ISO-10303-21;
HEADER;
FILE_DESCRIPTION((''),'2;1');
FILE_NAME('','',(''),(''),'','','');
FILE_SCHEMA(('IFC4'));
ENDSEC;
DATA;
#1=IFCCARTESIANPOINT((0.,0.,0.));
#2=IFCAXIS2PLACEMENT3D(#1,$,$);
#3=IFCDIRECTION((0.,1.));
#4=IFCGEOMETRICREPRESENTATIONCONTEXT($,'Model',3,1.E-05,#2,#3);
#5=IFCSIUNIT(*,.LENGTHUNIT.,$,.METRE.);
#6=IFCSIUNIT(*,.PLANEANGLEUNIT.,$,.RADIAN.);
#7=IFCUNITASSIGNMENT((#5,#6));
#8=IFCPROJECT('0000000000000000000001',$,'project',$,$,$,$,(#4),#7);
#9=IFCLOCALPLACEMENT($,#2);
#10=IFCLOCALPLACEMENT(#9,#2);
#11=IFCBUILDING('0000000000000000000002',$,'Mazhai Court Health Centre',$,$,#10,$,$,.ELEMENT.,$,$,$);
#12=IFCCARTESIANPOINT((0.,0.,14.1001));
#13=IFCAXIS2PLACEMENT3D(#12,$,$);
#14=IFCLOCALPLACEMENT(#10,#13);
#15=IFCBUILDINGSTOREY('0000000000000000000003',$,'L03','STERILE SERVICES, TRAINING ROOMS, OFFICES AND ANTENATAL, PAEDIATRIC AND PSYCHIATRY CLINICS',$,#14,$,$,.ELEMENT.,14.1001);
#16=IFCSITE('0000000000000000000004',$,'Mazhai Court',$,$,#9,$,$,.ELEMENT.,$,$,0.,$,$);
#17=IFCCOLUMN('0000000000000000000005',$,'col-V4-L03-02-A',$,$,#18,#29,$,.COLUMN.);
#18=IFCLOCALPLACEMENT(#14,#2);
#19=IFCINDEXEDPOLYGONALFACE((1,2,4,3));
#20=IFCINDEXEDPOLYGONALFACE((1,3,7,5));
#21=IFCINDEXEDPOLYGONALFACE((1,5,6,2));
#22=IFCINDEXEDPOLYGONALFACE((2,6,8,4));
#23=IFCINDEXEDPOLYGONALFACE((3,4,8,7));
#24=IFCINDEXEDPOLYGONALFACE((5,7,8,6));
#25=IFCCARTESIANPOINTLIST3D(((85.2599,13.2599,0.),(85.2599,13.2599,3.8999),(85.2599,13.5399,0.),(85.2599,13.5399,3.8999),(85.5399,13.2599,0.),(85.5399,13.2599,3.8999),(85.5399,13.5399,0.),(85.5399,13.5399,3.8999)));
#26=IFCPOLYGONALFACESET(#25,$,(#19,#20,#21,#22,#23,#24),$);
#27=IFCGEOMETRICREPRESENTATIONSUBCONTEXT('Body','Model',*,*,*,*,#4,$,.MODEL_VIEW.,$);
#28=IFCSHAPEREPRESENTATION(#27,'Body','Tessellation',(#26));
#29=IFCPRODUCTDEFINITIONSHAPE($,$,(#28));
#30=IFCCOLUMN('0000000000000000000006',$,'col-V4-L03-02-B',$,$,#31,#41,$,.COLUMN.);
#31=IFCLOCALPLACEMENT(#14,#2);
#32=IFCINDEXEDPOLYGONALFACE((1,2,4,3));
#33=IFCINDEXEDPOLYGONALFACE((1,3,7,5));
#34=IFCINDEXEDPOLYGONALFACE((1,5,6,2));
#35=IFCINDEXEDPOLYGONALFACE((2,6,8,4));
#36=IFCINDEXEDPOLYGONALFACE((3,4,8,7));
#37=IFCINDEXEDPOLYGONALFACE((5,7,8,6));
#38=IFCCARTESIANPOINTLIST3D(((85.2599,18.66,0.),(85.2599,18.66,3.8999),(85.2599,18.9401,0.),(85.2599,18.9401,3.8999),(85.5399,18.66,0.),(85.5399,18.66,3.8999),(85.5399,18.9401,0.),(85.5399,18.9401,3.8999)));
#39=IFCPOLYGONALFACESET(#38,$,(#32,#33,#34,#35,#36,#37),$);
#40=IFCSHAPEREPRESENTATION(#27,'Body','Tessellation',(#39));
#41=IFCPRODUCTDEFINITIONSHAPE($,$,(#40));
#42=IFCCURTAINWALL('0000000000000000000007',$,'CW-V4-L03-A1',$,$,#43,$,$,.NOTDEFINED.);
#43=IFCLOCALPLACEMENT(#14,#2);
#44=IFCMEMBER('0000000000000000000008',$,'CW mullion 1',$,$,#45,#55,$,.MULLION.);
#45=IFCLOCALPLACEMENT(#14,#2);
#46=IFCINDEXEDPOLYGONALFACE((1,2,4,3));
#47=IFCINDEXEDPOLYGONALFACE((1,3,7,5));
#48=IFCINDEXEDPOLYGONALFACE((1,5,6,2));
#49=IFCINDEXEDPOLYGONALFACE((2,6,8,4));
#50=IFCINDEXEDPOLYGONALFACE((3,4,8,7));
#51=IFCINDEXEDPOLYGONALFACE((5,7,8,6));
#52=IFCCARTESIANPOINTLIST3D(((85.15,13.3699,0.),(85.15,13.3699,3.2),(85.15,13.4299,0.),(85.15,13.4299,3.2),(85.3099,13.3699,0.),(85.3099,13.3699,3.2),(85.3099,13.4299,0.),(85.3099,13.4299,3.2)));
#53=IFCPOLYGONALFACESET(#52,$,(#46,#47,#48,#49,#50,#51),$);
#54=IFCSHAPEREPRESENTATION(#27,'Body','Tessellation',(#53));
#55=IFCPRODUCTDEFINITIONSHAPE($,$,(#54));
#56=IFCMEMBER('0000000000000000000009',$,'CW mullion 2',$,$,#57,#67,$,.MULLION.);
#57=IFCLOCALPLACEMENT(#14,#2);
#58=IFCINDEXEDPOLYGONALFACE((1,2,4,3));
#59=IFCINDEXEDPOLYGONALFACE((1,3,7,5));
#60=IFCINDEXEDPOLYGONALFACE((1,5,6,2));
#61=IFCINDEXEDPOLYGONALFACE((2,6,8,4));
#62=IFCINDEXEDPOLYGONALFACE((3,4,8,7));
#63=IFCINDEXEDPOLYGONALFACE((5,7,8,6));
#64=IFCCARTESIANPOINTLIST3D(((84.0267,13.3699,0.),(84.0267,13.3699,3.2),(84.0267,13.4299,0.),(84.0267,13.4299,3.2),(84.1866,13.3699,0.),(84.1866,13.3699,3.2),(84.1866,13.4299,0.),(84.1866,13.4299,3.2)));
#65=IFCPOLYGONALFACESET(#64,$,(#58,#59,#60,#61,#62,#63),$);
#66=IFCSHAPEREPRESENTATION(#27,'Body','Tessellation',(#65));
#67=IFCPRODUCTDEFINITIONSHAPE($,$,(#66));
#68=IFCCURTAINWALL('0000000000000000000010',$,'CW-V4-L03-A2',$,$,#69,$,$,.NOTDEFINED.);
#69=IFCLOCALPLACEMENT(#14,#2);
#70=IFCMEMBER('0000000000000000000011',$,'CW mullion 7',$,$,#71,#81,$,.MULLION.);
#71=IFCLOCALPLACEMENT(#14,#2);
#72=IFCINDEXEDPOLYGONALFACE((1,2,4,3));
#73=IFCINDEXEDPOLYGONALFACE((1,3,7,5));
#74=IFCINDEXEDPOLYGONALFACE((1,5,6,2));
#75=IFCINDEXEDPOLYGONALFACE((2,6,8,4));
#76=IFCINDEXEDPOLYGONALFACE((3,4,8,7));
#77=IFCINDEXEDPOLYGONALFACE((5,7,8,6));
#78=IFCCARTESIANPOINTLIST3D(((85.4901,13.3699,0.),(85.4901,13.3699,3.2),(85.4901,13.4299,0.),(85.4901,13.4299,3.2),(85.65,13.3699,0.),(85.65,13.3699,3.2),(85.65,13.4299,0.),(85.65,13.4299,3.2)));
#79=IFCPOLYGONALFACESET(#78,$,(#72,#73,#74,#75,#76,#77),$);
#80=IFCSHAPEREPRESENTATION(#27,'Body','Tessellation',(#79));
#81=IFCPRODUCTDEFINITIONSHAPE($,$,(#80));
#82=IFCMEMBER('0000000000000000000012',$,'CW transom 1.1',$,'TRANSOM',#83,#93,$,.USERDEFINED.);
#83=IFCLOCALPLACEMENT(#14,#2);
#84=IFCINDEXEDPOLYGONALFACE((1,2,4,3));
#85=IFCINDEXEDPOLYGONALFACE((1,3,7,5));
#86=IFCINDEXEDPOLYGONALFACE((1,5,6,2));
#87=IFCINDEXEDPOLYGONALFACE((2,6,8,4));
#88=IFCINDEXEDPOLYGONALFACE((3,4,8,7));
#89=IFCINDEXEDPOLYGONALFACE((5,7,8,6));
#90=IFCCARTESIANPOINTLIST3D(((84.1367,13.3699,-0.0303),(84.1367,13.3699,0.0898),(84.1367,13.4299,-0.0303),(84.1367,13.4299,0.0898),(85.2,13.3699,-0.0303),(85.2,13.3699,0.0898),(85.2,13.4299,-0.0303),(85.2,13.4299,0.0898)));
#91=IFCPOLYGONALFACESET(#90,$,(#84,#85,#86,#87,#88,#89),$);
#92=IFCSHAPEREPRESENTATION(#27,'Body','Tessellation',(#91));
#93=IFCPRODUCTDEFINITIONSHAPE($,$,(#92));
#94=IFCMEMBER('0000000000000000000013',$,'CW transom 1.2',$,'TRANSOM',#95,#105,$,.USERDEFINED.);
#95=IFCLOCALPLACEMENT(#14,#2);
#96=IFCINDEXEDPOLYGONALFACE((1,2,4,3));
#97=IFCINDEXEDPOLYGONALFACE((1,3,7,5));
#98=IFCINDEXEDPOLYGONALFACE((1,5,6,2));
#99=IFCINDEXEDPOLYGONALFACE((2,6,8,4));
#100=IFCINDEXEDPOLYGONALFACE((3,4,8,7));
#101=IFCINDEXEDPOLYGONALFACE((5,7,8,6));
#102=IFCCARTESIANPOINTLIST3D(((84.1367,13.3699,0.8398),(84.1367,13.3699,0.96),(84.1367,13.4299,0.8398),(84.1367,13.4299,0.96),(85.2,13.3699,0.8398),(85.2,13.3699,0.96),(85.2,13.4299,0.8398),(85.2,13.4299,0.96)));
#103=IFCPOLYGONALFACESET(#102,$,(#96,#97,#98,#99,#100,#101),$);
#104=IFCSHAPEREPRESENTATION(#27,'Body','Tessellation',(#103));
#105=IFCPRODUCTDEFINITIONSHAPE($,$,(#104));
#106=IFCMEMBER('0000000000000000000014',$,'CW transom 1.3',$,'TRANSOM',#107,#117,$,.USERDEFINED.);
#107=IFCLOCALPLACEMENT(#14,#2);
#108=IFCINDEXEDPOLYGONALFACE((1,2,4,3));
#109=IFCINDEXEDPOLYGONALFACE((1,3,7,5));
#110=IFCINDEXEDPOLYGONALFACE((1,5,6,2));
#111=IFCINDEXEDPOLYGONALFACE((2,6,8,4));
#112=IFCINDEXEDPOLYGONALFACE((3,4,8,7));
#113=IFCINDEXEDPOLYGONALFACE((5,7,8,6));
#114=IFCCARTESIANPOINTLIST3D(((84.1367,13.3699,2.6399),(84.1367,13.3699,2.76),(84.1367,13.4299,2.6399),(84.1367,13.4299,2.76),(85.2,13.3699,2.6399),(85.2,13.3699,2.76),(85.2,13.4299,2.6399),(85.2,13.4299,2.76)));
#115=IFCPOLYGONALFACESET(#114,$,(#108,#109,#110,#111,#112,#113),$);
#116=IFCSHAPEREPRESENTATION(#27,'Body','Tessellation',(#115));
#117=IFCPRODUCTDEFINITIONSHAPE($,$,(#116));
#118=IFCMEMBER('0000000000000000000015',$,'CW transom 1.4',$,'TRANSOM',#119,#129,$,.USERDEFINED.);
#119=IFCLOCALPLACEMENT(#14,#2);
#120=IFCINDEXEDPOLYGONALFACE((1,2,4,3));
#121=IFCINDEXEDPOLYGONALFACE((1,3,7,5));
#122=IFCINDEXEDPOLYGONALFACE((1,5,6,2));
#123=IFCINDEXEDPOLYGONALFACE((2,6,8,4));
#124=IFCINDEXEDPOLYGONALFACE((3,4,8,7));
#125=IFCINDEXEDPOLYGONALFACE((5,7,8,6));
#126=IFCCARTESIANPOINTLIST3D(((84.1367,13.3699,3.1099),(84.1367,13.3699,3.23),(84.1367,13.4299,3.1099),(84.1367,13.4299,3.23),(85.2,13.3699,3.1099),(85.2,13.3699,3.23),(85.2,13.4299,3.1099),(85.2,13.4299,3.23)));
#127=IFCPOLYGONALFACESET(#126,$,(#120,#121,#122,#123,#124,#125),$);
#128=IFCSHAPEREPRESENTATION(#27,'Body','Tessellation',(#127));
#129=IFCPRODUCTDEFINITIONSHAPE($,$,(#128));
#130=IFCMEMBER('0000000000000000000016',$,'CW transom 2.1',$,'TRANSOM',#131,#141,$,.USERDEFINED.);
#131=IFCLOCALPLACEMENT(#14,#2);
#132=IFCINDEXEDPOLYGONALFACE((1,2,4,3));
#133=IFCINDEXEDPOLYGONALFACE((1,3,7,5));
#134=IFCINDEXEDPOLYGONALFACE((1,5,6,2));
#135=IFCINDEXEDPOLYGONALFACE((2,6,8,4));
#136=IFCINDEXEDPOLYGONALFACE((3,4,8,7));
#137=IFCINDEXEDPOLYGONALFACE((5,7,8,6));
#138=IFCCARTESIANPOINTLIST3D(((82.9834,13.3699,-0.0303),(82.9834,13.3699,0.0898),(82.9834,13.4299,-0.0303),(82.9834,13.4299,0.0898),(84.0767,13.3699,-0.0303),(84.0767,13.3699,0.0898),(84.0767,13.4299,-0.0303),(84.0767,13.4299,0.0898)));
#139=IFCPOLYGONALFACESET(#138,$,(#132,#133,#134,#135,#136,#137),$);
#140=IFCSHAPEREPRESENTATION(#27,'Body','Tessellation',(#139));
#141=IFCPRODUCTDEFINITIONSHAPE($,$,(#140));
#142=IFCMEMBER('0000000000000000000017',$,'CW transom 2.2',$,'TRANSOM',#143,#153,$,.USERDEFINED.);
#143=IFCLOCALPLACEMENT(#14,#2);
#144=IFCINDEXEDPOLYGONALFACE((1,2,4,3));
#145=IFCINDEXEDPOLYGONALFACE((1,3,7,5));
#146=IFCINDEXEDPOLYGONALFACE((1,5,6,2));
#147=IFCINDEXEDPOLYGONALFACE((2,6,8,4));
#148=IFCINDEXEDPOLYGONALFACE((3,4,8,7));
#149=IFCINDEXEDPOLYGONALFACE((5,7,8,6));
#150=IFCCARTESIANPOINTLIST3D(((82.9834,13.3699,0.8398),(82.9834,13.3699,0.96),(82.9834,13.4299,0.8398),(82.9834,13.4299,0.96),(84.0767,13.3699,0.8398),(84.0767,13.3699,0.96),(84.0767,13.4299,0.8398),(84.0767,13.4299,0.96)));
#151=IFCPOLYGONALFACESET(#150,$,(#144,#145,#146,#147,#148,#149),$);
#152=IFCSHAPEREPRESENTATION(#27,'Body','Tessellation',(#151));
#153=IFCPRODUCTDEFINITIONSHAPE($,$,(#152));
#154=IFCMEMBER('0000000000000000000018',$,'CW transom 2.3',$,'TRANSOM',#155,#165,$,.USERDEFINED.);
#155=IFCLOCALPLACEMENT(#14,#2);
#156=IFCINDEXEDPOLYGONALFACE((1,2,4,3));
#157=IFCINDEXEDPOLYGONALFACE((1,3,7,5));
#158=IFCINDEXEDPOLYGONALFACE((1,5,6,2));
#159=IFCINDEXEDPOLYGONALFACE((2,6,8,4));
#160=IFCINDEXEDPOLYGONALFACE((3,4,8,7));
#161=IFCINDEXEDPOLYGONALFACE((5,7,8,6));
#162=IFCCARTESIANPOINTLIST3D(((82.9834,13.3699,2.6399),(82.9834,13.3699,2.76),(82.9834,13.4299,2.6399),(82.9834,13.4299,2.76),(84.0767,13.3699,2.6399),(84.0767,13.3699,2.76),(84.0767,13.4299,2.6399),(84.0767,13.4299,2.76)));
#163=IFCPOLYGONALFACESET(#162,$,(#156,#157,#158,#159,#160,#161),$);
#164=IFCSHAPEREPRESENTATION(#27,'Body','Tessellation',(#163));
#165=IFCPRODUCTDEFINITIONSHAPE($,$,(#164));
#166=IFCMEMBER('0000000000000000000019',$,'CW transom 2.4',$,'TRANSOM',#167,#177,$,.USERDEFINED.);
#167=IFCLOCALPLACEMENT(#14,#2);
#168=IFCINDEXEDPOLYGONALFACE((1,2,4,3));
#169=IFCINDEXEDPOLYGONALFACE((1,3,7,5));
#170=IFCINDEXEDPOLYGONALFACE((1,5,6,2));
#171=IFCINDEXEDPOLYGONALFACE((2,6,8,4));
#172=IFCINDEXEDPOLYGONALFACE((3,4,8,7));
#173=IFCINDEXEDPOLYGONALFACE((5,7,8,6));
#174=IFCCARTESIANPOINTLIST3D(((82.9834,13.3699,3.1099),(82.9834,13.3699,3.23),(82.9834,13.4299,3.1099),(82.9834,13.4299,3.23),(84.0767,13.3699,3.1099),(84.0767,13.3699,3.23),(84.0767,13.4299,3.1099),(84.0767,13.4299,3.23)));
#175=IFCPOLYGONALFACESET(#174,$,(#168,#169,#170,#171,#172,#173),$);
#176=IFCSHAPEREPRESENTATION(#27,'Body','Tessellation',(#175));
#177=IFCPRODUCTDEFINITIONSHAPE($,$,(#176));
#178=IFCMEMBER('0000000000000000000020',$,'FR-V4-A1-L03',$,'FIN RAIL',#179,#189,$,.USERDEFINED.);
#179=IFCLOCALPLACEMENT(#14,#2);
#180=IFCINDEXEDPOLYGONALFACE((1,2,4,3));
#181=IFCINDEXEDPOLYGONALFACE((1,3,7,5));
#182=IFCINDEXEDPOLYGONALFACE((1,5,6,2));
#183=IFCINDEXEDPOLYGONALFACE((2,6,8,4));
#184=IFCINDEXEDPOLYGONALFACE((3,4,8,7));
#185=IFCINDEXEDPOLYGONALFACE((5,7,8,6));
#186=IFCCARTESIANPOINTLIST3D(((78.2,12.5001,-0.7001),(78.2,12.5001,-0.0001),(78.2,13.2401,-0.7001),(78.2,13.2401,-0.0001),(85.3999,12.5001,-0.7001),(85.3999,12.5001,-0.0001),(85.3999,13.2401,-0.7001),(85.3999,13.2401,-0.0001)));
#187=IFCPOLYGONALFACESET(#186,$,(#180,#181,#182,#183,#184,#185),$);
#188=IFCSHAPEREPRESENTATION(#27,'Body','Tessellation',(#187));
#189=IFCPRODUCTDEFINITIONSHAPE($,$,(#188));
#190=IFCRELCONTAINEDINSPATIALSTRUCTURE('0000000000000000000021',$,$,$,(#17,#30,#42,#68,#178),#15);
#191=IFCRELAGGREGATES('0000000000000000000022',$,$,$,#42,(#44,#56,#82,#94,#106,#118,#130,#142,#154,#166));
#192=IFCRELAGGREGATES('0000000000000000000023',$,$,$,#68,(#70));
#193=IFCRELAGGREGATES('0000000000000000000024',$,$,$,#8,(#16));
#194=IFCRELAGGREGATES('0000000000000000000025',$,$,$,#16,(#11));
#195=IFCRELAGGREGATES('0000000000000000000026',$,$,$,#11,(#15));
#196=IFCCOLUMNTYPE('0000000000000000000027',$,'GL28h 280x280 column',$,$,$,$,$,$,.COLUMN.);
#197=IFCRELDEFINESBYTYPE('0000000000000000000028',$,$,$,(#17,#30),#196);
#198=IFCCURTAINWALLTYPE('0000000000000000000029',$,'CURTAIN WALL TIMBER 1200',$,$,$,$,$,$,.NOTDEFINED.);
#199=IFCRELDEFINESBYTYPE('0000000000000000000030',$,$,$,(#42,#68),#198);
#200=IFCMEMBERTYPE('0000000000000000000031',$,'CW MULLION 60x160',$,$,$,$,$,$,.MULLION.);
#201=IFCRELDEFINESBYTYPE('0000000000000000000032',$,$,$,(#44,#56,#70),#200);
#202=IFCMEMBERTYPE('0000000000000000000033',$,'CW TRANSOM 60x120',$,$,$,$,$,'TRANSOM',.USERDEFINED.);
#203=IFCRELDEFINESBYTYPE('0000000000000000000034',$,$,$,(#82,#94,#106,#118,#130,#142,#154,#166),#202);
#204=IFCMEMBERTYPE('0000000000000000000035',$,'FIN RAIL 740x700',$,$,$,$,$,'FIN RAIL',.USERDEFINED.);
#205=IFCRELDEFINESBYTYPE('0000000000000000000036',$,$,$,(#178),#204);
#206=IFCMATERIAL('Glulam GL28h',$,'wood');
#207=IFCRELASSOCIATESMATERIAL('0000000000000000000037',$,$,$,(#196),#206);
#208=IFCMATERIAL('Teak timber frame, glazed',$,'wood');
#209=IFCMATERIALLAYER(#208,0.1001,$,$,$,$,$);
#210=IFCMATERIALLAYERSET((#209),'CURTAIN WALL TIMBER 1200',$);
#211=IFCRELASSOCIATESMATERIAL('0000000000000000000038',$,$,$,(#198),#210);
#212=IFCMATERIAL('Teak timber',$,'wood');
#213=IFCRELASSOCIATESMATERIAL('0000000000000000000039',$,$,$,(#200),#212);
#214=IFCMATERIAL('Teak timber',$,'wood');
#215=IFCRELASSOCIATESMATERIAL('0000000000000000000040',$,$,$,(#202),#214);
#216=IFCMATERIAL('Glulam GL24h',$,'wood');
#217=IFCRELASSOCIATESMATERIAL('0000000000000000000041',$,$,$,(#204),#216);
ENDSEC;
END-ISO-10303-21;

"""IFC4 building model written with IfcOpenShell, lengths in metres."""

from ifc_helpers import new_model, si_unit, direction, frame, origin, origin_2d, place, context, subcontext, project, spatial, rectangle, extrude, material, layer, layer_set, material_profile, profile_set, type_object, element, aggregate, save


model = new_model("IFC4")

# Units and contexts
model_context = context("Model", 3, precision=1e-05, world=origin(), true_north=direction((0.0, 1.0)))
body_context = subcontext(model_context, "Body", "Model", "MODEL_VIEW")
ifc_project = project(units=[si_unit("LENGTHUNIT", "METRE"), si_unit("PLANEANGLEUNIT", "RADIAN")], contexts=[model_context])

# Site, building, storey
site_placement = place(None, origin())
site = spatial("IfcSite", under=ifc_project, at=site_placement, Name="Mazhai Court", CompositionType="ELEMENT", RefElevation=0.0)
building_placement = place(site_placement, origin())
building = spatial("IfcBuilding", under=site, at=building_placement, Name="Mazhai Court Health Centre", CompositionType="ELEMENT")
storey_placement = place(building_placement, frame((0.0, 0.0, 14.1001)))
storey = spatial("IfcBuildingStorey", under=building, at=storey_placement, Name="L03", Description="STERILE SERVICES, TRAINING ROOMS, OFFICES AND ANTENATAL, PAEDIATRIC AND PSYCHIATRY CLINICS", CompositionType="ELEMENT", Elevation=14.1001)

# Columns
ifc_material_1 = material(Name="Glulam GL28h", Category="wood")
ifc_material_profile_1 = material_profile(ifc_material_1, rectangle(XDim=0.28, YDim=0.28, at=origin_2d()), Name="GL28h 280x280")
ifc_profile_set_1 = profile_set([ifc_material_profile_1], Name="Glulam GL28h")
column_type = type_object("IfcColumnType", Name="GL28h 280x280 column", PredefinedType="COLUMN", material=ifc_profile_set_1)
for number, where, z_axis, x_axis, name in (
    (1, (85.3999, 13.3999, 0.0), (0.0, 0.0, 1.0), (1.0, 0.0, 0.0), "col-V4-L03-02-A"),
    (2, (85.3999, 18.8, 0.0), (0.0, 0.0, 1.0), (1.0, 0.0, 0.0), "col-V4-L03-02-B"),
):
    element("IfcColumn", number, at=place(storey_placement, frame(where, z_axis=z_axis, x_axis=x_axis)), inside=storey, type_object=column_type, Name=name, PredefinedType="COLUMN", context=body_context, shape_type="SweptSolid", body=[
        extrude(rectangle(XDim=0.28, YDim=0.28, at=origin_2d()), origin(), (0.0, 0.0, 1.0), 3.8999),
    ])

# Curtain wall, members
ifc_material_2 = material(Name="Teak timber frame, glazed", Category="wood")
ifc_layer_1 = layer(ifc_material_2, 0.1001)
ifc_layer_set_1 = layer_set([ifc_layer_1], Name="CURTAIN WALL TIMBER 1200")
curtain_wall_type = type_object("IfcCurtainWallType", Name="CURTAIN WALL TIMBER 1200", PredefinedType="NOTDEFINED", material=ifc_layer_set_1)
curtain_wall_1_placement = place(storey_placement, origin())
curtain_wall_1 = element("IfcCurtainWall", 3, at=curtain_wall_1_placement, inside=storey, type_object=curtain_wall_type, Name="CW-V4-L03-A1", PredefinedType="NOTDEFINED")
ifc_material_3 = material(Name="Teak timber", Category="wood")
ifc_material_profile_2 = material_profile(ifc_material_3, rectangle(XDim=0.0601, YDim=0.1599, at=origin_2d()), Name="CW MULLION 60x160")
ifc_profile_set_2 = profile_set([ifc_material_profile_2], Name="Teak timber")
member_type_1 = type_object("IfcMemberType", Name="CW MULLION 60x160", PredefinedType="MULLION", material=ifc_profile_set_2)
member_1_placement = place(storey_placement, frame((85.23, 13.3999, 0.0), z_axis=(0.0, 0.0, 1.0), x_axis=(0.0, -1.0, 0.0)))
member_1 = element("IfcMember", 4, at=member_1_placement, type_object=member_type_1, Name="CW mullion 1", PredefinedType="MULLION", context=body_context, shape_type="SweptSolid", body=[
    extrude(rectangle(XDim=0.0601, YDim=0.1599, at=origin_2d()), origin(), (0.0, 0.0, 1.0), 3.2),
])
member_2_placement = place(storey_placement, frame((84.1067, 13.3999, 0.0), z_axis=(0.0, 0.0, 1.0), x_axis=(0.0, -1.0, 0.0)))
member_2 = element("IfcMember", 5, at=member_2_placement, type_object=member_type_1, Name="CW mullion 2", PredefinedType="MULLION", context=body_context, shape_type="SweptSolid", body=[
    extrude(rectangle(XDim=0.0601, YDim=0.1599, at=origin_2d()), origin(), (0.0, 0.0, 1.0), 3.2),
])

# Curtain wall, member
curtain_wall_2_placement = place(storey_placement, origin())
curtain_wall_2 = element("IfcCurtainWall", 6, at=curtain_wall_2_placement, inside=storey, type_object=curtain_wall_type, Name="CW-V4-L03-A2", PredefinedType="NOTDEFINED")
member_3_placement = place(storey_placement, frame((85.5701, 13.3999, 0.0), z_axis=(0.0, 0.0, 1.0), x_axis=(0.0, -1.0, 0.0)))
member_3 = element("IfcMember", 7, at=member_3_placement, type_object=member_type_1, Name="CW mullion 7", PredefinedType="MULLION", context=body_context, shape_type="SweptSolid", body=[
    extrude(rectangle(XDim=0.0601, YDim=0.1599, at=origin_2d()), origin(), (0.0, 0.0, 1.0), 3.2),
])

# Members
ifc_material_4 = material(Name="Teak timber", Category="wood")
ifc_material_profile_3 = material_profile(ifc_material_4, rectangle(XDim=0.0601, YDim=0.1201, at=origin_2d()), Name="CW TRANSOM 60x120")
ifc_profile_set_3 = profile_set([ifc_material_profile_3], Name="Teak timber")
member_type_2 = type_object("IfcMemberType", Name="CW TRANSOM 60x120", ElementType="TRANSOM", PredefinedType="USERDEFINED", material=ifc_profile_set_3)
member_4_placement = place(storey_placement, frame((85.2, 13.3999, 0.0298), z_axis=(-1.0, 0.0, 0.0), x_axis=(0.0, -1.0, 0.0)))
member_4 = element("IfcMember", 8, at=member_4_placement, type_object=member_type_2, Name="CW transom 1.1", ObjectType="TRANSOM", PredefinedType="USERDEFINED", context=body_context, shape_type="SweptSolid", body=[
    extrude(rectangle(XDim=0.0601, YDim=0.1201, at=origin_2d()), origin(), (0.0, 0.0, 1.0), 1.0632),
])
member_5_placement = place(storey_placement, frame((85.2, 13.3999, 0.8999), z_axis=(-1.0, 0.0, 0.0), x_axis=(0.0, -1.0, 0.0)))
member_5 = element("IfcMember", 9, at=member_5_placement, type_object=member_type_2, Name="CW transom 1.2", ObjectType="TRANSOM", PredefinedType="USERDEFINED", context=body_context, shape_type="SweptSolid", body=[
    extrude(rectangle(XDim=0.0601, YDim=0.1201, at=origin_2d()), origin(), (0.0, 0.0, 1.0), 1.0632),
])
member_6_placement = place(storey_placement, frame((85.2, 13.3999, 2.7), z_axis=(-1.0, 0.0, 0.0), x_axis=(0.0, -1.0, 0.0)))
member_6 = element("IfcMember", 10, at=member_6_placement, type_object=member_type_2, Name="CW transom 1.3", ObjectType="TRANSOM", PredefinedType="USERDEFINED", context=body_context, shape_type="SweptSolid", body=[
    extrude(rectangle(XDim=0.0601, YDim=0.1201, at=origin_2d()), origin(), (0.0, 0.0, 1.0), 1.0632),
])
member_7_placement = place(storey_placement, frame((85.2, 13.3999, 3.1699), z_axis=(-1.0, 0.0, 0.0), x_axis=(0.0, -1.0, 0.0)))
member_7 = element("IfcMember", 11, at=member_7_placement, type_object=member_type_2, Name="CW transom 1.4", ObjectType="TRANSOM", PredefinedType="USERDEFINED", context=body_context, shape_type="SweptSolid", body=[
    extrude(rectangle(XDim=0.0601, YDim=0.1201, at=origin_2d()), origin(), (0.0, 0.0, 1.0), 1.0632),
])
member_8_placement = place(storey_placement, frame((84.0767, 13.3999, 0.0298), z_axis=(-1.0, 0.0, 0.0), x_axis=(0.0, -1.0, 0.0)))
member_8 = element("IfcMember", 12, at=member_8_placement, type_object=member_type_2, Name="CW transom 2.1", ObjectType="TRANSOM", PredefinedType="USERDEFINED", context=body_context, shape_type="SweptSolid", body=[
    extrude(rectangle(XDim=0.0601, YDim=0.1201, at=origin_2d()), origin(), (0.0, 0.0, 1.0), 1.0933),
])
member_9_placement = place(storey_placement, frame((84.0767, 13.3999, 0.8999), z_axis=(-1.0, 0.0, 0.0), x_axis=(0.0, -1.0, 0.0)))
member_9 = element("IfcMember", 13, at=member_9_placement, type_object=member_type_2, Name="CW transom 2.2", ObjectType="TRANSOM", PredefinedType="USERDEFINED", context=body_context, shape_type="SweptSolid", body=[
    extrude(rectangle(XDim=0.0601, YDim=0.1201, at=origin_2d()), origin(), (0.0, 0.0, 1.0), 1.0933),
])
member_10_placement = place(storey_placement, frame((84.0767, 13.3999, 2.7), z_axis=(-1.0, 0.0, 0.0), x_axis=(0.0, -1.0, 0.0)))
member_10 = element("IfcMember", 14, at=member_10_placement, type_object=member_type_2, Name="CW transom 2.3", ObjectType="TRANSOM", PredefinedType="USERDEFINED", context=body_context, shape_type="SweptSolid", body=[
    extrude(rectangle(XDim=0.0601, YDim=0.1201, at=origin_2d()), origin(), (0.0, 0.0, 1.0), 1.0933),
])
member_11_placement = place(storey_placement, frame((84.0767, 13.3999, 3.1699), z_axis=(-1.0, 0.0, 0.0), x_axis=(0.0, -1.0, 0.0)))
member_11 = element("IfcMember", 15, at=member_11_placement, type_object=member_type_2, Name="CW transom 2.4", ObjectType="TRANSOM", PredefinedType="USERDEFINED", context=body_context, shape_type="SweptSolid", body=[
    extrude(rectangle(XDim=0.0601, YDim=0.1201, at=origin_2d()), origin(), (0.0, 0.0, 1.0), 1.0933),
])

# Member
ifc_material_5 = material(Name="Glulam GL24h", Category="wood")
ifc_material_profile_4 = material_profile(ifc_material_5, rectangle(XDim=0.74, YDim=0.7, at=origin_2d()), Name="FIN RAIL 740x700")
ifc_profile_set_4 = profile_set([ifc_material_profile_4], Name="Glulam GL24h")
member_type_3 = type_object("IfcMemberType", Name="FIN RAIL 740x700", ElementType="FIN RAIL", PredefinedType="USERDEFINED", material=ifc_profile_set_4)
member_12_placement = place(storey_placement, frame((85.3999, 12.8701, -0.3501), z_axis=(-1.0, 0.0, 0.0), x_axis=(0.0, -1.0, 0.0)))
element("IfcMember", 16, at=member_12_placement, inside=storey, type_object=member_type_3, Name="FR-V4-A1-L03", ObjectType="FIN RAIL", PredefinedType="USERDEFINED", context=body_context, shape_type="SweptSolid", body=[
    extrude(rectangle(XDim=0.74, YDim=0.7, at=origin_2d()), origin(), (0.0, 0.0, 1.0), 7.2),
])

aggregate(curtain_wall_1, [member_1, member_2, member_4, member_5, member_6, member_7, member_8, member_9, member_10, member_11])
aggregate(curtain_wall_2, [member_3])

save(model, "model.ifc")
